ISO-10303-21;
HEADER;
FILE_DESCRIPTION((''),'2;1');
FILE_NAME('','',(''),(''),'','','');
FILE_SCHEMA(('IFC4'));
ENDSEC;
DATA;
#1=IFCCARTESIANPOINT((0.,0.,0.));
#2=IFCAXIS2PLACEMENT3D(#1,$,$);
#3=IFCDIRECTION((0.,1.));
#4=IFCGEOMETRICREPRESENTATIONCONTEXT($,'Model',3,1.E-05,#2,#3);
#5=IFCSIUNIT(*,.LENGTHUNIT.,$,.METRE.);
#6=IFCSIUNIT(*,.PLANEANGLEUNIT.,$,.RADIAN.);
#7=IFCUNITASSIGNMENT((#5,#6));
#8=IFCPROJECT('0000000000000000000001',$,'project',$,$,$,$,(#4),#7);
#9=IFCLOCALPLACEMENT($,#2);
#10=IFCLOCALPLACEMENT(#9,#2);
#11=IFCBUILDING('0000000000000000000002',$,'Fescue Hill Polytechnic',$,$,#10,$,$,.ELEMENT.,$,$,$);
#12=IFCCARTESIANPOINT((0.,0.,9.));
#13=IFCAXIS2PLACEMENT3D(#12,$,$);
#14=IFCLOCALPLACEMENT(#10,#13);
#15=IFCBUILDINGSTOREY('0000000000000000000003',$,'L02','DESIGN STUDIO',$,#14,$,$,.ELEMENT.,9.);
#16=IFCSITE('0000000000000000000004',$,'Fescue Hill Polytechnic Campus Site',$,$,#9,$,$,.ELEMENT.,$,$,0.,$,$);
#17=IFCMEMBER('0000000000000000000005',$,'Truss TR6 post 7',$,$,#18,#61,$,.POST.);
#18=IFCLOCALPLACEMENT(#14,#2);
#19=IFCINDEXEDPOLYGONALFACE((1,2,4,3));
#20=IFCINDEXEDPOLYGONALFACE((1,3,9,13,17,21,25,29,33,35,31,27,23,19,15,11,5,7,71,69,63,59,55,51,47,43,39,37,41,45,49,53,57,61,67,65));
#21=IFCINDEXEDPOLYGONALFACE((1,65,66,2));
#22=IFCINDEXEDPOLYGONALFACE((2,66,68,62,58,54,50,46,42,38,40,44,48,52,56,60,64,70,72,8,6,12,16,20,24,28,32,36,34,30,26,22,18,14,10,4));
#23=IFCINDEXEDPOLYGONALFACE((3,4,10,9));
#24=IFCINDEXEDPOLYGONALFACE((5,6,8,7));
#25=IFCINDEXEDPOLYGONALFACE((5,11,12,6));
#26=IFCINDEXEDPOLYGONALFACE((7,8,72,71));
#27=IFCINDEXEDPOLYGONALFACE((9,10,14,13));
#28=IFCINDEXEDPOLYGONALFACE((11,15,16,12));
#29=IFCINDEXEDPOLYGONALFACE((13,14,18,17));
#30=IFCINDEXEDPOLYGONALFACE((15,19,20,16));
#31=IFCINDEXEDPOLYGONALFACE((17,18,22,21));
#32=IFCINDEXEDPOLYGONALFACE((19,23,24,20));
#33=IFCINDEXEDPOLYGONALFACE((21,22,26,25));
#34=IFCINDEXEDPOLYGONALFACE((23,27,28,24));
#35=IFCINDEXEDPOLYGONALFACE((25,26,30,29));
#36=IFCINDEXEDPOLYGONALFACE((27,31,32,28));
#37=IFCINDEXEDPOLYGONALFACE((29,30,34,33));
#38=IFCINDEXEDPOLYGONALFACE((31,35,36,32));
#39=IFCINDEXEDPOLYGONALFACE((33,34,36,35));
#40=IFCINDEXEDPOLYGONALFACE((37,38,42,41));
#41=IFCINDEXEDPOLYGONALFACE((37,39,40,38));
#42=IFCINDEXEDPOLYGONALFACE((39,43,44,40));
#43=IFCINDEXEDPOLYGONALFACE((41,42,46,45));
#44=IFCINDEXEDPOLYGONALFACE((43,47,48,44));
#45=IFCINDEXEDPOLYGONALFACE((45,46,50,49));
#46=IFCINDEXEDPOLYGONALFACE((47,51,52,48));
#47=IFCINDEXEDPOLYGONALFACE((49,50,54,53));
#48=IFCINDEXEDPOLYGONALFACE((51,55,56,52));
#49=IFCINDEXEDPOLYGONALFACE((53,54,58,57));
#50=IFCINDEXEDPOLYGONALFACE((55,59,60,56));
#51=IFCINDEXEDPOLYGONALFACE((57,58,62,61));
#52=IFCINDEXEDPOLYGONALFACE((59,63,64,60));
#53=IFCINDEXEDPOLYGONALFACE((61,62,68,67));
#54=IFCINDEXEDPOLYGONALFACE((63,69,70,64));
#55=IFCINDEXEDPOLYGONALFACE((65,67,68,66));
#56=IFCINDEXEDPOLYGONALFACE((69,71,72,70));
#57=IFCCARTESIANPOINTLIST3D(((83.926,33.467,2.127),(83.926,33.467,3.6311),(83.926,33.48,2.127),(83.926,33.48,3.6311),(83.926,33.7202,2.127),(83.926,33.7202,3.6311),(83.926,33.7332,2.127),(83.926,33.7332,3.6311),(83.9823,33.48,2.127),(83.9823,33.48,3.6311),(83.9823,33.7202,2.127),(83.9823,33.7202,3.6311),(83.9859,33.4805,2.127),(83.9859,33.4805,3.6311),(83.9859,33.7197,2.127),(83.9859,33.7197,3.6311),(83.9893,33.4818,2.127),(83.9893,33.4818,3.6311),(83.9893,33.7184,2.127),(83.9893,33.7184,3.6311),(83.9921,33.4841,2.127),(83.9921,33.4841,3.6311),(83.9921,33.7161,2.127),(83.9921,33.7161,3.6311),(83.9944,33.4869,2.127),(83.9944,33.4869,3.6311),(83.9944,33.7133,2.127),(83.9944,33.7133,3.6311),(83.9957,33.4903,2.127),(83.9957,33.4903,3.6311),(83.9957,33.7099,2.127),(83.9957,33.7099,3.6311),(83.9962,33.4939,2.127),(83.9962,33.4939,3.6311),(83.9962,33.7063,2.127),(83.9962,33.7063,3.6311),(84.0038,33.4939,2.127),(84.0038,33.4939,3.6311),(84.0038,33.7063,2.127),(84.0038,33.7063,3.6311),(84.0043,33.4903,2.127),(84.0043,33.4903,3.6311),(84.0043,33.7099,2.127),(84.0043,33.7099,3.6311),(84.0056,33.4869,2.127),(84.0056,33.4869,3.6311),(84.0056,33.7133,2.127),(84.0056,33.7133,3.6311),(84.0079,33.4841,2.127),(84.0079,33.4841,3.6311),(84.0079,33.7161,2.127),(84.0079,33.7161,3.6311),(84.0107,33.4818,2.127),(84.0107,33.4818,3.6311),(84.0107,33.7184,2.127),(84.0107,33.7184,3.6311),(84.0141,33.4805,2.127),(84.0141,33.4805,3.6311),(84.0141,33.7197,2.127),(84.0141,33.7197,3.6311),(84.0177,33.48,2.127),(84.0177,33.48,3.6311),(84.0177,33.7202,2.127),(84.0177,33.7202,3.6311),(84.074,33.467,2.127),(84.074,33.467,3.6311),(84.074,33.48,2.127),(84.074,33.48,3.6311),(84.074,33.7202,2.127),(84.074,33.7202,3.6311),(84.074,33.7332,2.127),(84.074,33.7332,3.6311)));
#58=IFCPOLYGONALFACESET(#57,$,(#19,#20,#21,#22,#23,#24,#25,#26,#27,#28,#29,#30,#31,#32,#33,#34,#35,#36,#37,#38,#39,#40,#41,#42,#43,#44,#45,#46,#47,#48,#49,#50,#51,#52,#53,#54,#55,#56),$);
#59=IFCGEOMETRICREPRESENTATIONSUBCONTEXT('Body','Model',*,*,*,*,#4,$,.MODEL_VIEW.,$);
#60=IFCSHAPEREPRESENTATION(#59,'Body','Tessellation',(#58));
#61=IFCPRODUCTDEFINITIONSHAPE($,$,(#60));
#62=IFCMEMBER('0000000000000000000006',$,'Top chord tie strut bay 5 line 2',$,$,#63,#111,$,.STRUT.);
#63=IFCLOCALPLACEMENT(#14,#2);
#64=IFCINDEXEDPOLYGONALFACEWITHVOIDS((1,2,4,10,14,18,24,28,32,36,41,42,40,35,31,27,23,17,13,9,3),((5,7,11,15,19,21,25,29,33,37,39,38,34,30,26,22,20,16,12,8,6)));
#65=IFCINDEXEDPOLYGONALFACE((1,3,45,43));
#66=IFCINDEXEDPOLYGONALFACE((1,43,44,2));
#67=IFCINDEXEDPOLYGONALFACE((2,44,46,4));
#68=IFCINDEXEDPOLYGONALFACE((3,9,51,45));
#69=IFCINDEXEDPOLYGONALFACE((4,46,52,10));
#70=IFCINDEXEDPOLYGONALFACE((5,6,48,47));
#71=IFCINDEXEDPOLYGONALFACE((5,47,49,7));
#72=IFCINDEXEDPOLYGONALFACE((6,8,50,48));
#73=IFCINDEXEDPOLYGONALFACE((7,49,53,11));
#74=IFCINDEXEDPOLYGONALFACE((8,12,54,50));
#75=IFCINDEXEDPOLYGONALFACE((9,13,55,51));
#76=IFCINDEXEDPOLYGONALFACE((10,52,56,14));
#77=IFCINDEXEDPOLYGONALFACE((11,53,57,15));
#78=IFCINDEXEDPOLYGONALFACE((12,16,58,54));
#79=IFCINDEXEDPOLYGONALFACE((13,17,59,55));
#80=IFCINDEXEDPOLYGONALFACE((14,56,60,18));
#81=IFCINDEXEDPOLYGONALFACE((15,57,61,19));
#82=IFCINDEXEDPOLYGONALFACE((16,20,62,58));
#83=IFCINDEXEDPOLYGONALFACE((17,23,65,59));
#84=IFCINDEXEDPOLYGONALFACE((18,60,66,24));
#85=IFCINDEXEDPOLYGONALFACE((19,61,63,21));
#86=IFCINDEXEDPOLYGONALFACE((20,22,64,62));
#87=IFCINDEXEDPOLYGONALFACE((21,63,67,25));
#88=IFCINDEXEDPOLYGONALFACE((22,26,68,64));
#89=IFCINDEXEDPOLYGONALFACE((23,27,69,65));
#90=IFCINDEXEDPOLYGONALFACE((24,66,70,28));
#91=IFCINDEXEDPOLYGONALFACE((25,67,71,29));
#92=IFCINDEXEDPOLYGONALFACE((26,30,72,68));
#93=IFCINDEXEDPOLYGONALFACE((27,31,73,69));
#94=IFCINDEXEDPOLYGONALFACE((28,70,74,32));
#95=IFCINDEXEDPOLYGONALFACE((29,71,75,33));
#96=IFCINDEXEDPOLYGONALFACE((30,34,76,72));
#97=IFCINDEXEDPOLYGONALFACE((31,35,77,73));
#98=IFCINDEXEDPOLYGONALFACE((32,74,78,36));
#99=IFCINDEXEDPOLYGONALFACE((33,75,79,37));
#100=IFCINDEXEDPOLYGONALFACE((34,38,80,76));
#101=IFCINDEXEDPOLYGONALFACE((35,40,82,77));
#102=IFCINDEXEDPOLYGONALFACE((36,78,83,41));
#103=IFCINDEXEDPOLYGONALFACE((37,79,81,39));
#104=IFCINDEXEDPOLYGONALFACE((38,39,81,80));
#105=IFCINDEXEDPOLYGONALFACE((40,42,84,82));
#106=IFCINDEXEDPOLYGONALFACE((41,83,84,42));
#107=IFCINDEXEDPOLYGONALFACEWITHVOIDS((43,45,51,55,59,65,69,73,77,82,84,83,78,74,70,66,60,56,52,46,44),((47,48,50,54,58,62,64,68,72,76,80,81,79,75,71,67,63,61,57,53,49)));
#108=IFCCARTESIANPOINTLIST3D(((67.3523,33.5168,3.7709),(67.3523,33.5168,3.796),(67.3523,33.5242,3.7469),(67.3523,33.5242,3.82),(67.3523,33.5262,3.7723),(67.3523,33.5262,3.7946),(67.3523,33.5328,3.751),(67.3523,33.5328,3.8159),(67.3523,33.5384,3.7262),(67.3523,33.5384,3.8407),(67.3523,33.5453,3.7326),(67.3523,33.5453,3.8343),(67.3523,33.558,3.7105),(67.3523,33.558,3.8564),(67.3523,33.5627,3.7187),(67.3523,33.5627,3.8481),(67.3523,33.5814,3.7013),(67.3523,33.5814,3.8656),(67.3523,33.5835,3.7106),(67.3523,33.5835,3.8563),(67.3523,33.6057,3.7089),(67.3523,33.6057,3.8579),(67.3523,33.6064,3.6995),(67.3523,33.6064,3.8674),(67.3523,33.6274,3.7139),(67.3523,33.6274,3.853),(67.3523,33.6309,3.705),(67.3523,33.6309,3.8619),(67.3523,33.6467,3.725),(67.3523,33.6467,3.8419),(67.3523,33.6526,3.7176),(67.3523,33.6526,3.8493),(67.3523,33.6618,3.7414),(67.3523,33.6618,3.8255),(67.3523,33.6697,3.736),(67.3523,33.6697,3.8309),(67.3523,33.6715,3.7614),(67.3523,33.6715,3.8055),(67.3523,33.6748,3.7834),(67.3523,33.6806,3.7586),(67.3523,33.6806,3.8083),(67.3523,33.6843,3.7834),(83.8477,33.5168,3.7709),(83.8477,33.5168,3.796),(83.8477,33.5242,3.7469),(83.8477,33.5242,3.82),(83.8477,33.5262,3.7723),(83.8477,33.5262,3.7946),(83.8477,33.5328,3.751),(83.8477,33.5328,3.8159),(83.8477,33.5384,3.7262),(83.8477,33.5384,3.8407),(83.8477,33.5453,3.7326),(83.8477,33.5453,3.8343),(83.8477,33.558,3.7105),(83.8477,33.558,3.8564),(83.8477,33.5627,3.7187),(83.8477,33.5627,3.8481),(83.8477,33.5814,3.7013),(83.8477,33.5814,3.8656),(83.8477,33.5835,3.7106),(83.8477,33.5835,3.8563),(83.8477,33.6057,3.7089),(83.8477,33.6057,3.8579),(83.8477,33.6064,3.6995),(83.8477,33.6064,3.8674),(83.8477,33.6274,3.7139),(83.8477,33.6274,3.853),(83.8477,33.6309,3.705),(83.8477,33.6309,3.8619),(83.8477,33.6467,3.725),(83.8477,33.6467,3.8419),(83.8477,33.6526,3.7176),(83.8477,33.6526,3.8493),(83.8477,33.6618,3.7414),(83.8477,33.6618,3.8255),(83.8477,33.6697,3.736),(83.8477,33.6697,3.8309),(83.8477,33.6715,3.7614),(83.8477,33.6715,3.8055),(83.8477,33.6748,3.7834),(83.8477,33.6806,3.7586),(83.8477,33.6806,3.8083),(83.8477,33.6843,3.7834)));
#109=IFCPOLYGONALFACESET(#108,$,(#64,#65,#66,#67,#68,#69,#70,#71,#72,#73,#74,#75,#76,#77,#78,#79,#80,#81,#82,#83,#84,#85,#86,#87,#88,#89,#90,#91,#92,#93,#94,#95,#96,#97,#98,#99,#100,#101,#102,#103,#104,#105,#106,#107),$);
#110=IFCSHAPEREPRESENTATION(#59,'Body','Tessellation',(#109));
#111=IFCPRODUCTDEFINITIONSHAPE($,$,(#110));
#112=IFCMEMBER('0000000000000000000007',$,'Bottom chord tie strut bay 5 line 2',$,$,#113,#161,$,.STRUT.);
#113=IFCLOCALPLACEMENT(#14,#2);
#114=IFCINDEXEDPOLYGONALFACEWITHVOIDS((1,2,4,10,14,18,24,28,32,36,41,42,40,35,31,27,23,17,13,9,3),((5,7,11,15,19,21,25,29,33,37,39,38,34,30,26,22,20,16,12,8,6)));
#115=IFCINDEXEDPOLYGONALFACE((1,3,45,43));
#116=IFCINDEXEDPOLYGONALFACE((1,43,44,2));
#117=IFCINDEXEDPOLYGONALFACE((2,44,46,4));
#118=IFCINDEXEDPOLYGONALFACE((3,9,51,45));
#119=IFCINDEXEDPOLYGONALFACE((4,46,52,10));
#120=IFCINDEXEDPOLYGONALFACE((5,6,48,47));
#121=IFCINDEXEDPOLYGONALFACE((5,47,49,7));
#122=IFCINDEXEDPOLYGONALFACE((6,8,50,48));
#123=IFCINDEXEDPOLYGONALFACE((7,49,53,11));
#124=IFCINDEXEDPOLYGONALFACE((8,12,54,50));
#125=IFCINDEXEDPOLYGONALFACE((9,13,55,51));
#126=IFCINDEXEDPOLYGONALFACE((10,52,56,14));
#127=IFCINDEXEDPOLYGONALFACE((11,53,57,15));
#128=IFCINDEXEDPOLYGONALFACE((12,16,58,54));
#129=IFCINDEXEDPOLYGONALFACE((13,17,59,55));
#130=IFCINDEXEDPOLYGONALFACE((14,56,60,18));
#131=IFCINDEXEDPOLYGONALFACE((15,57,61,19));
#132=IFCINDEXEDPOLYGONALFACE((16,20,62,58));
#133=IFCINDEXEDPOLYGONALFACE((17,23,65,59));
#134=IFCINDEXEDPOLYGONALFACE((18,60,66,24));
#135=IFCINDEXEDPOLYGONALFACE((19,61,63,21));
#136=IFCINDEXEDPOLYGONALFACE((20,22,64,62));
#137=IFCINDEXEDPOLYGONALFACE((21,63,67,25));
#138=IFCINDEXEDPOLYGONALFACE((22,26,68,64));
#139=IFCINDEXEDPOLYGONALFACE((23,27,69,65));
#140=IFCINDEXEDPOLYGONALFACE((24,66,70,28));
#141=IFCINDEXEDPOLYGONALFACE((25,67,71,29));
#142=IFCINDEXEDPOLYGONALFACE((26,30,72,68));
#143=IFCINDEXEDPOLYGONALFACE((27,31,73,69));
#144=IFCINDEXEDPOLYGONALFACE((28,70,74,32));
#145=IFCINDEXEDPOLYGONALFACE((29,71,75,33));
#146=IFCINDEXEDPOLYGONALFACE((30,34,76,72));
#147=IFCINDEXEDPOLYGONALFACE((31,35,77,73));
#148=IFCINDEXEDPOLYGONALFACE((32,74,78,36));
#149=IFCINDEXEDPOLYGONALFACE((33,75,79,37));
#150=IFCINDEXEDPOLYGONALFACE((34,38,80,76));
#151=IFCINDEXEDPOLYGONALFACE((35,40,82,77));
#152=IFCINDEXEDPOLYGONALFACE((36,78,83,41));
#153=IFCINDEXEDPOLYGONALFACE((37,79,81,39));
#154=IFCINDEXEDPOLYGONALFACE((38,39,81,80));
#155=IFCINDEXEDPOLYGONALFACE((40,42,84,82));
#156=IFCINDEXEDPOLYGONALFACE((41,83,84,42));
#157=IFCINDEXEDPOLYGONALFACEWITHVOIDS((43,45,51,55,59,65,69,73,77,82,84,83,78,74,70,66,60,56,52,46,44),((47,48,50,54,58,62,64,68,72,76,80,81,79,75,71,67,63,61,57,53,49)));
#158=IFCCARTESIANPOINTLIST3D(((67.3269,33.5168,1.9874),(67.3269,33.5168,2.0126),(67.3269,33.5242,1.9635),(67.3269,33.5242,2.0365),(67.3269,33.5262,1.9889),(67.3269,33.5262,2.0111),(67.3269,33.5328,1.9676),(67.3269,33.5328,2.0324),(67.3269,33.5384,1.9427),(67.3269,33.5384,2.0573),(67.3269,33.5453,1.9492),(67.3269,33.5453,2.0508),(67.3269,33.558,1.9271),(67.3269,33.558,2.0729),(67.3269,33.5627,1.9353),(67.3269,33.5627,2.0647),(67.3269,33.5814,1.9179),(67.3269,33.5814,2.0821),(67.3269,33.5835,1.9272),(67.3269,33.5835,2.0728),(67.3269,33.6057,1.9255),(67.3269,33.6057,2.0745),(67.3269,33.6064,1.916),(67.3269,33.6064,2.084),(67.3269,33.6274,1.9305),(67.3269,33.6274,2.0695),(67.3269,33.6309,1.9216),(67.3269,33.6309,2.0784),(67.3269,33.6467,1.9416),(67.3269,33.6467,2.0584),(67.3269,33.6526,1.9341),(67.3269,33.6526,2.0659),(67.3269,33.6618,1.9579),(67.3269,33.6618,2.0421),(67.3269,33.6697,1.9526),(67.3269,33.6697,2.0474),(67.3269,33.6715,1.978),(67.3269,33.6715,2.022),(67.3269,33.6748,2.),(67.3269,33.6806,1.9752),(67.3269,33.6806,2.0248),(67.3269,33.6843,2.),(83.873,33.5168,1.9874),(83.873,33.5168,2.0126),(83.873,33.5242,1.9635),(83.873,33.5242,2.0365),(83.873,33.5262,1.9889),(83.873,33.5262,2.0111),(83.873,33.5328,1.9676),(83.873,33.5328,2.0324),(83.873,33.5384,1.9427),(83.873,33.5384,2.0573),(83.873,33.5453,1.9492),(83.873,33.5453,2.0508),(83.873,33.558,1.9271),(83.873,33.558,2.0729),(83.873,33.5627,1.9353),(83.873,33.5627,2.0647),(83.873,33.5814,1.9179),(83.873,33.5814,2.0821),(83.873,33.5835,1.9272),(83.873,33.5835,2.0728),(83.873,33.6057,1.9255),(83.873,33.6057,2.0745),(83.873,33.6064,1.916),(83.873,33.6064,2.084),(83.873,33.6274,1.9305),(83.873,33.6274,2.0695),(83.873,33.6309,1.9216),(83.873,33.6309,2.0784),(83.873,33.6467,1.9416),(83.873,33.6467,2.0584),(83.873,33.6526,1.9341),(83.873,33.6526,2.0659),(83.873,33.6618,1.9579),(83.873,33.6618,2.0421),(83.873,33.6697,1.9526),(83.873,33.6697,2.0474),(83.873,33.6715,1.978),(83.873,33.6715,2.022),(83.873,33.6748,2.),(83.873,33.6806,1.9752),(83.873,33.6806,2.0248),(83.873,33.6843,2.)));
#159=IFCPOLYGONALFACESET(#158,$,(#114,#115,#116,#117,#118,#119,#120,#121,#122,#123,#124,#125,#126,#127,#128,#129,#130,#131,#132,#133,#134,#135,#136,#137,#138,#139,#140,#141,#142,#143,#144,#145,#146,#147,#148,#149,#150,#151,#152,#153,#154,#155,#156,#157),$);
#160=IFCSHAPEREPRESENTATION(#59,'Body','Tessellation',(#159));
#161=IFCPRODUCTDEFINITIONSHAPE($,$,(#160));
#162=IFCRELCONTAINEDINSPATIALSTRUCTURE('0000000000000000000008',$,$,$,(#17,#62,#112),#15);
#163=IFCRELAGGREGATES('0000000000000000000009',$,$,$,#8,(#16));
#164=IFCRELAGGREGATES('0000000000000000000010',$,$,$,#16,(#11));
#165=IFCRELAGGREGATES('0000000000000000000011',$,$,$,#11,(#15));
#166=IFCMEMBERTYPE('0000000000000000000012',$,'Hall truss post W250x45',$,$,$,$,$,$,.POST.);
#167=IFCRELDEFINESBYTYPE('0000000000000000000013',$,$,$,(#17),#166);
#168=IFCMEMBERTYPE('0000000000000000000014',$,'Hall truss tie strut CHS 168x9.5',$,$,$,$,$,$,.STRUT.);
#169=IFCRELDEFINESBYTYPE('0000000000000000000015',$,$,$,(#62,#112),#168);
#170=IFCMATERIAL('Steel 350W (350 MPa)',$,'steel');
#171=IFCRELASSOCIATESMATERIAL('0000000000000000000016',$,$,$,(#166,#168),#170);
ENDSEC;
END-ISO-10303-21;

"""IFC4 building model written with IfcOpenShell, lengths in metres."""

from ifc_helpers import new_model, si_unit, direction, frame, origin, origin_2d, place, context, subcontext, project, spatial, hollow_circle, i_section, extrude, material, material_profile, profile_set, type_object, element, save


model = new_model("IFC4")

# Units and contexts
model_context = context("Model", 3, precision=1e-05, world=origin(), true_north=direction((0.0, 1.0)))
body_context = subcontext(model_context, "Body", "Model", "MODEL_VIEW")
ifc_project = project(units=[si_unit("LENGTHUNIT", "METRE"), si_unit("PLANEANGLEUNIT", "RADIAN")], contexts=[model_context])

# Site, building, storey
site_placement = place(None, origin())
site = spatial("IfcSite", under=ifc_project, at=site_placement, Name="Fescue Hill Polytechnic Campus Site", CompositionType="ELEMENT", RefElevation=0.0)
building_placement = place(site_placement, origin())
building = spatial("IfcBuilding", under=site, at=building_placement, Name="Fescue Hill Polytechnic", CompositionType="ELEMENT")
storey_placement = place(building_placement, frame((0.0, 0.0, 9.0)))
storey = spatial("IfcBuildingStorey", under=building, at=storey_placement, Name="L02", Description="DESIGN STUDIO", CompositionType="ELEMENT", Elevation=9.0)

# Members
ifc_material = material(Name="Steel 350W (350 MPa)", Category="steel")
ifc_material_profile_1 = material_profile(ifc_material, i_section(OverallWidth=0.1479, OverallDepth=0.2661, WebThickness=0.0076, FlangeThickness=0.0129, FilletRadius=0.0139, at=origin_2d()), Name="W250x45")
ifc_profile_set_1 = profile_set([ifc_material_profile_1], Name="Steel 350W (350 MPa)")
member_type_1 = type_object("IfcMemberType", Name="Hall truss post W250x45", PredefinedType="POST", material=ifc_profile_set_1)
for number, where, z_axis, x_axis, name in (
    (1, (84.0, 33.6001, 2.127), (0.0, 0.0, 1.0), (1.0, 0.0, 0.0), "Truss TR6 post 7"),
):
    element("IfcMember", number, at=place(storey_placement, frame(where, z_axis=z_axis, x_axis=x_axis)), inside=storey, type_object=member_type_1, Name=name, PredefinedType="POST", context=body_context, shape_type="SweptSolid", body=[
        extrude(i_section(OverallWidth=0.1479, OverallDepth=0.2661, WebThickness=0.0076, FlangeThickness=0.0129, FilletRadius=0.0139, at=origin_2d()), origin(), (0.0, 0.0, 1.0), 1.5042),
    ])
ifc_material_profile_2 = material_profile(ifc_material, hollow_circle(Radius=0.0842, WallThickness=0.0095, at=origin_2d()), Name="Hall truss tie strut CHS 168x9.5")
ifc_profile_set_2 = profile_set([ifc_material_profile_2], Name="Steel 350W (350 MPa)")
member_type_2 = type_object("IfcMemberType", Name="Hall truss tie strut CHS 168x9.5", PredefinedType="STRUT", material=ifc_profile_set_2)
member_1_placement = place(storey_placement, frame((67.3523, 33.6001, 3.7834), z_axis=(1.0, 0.0, 0.0), x_axis=(0.0, 1.0, 0.0)))
element("IfcMember", 2, at=member_1_placement, inside=storey, type_object=member_type_2, Name="Top chord tie strut bay 5 line 2", PredefinedType="STRUT", context=body_context, shape_type="SweptSolid", body=[
    extrude(hollow_circle(Radius=0.0842, WallThickness=0.0095, at=origin_2d()), origin(), (0.0, 0.0, 1.0), 16.4954),
])
member_2_placement = place(storey_placement, frame((67.3269, 33.6001, 2.0), z_axis=(1.0, 0.0, 0.0), x_axis=(0.0, 1.0, 0.0)))
element("IfcMember", 3, at=member_2_placement, inside=storey, type_object=member_type_2, Name="Bottom chord tie strut bay 5 line 2", PredefinedType="STRUT", context=body_context, shape_type="SweptSolid", body=[
    extrude(hollow_circle(Radius=0.0842, WallThickness=0.0095, at=origin_2d()), origin(), (0.0, 0.0, 1.0), 16.5461),
])

save(model, "model.ifc")
